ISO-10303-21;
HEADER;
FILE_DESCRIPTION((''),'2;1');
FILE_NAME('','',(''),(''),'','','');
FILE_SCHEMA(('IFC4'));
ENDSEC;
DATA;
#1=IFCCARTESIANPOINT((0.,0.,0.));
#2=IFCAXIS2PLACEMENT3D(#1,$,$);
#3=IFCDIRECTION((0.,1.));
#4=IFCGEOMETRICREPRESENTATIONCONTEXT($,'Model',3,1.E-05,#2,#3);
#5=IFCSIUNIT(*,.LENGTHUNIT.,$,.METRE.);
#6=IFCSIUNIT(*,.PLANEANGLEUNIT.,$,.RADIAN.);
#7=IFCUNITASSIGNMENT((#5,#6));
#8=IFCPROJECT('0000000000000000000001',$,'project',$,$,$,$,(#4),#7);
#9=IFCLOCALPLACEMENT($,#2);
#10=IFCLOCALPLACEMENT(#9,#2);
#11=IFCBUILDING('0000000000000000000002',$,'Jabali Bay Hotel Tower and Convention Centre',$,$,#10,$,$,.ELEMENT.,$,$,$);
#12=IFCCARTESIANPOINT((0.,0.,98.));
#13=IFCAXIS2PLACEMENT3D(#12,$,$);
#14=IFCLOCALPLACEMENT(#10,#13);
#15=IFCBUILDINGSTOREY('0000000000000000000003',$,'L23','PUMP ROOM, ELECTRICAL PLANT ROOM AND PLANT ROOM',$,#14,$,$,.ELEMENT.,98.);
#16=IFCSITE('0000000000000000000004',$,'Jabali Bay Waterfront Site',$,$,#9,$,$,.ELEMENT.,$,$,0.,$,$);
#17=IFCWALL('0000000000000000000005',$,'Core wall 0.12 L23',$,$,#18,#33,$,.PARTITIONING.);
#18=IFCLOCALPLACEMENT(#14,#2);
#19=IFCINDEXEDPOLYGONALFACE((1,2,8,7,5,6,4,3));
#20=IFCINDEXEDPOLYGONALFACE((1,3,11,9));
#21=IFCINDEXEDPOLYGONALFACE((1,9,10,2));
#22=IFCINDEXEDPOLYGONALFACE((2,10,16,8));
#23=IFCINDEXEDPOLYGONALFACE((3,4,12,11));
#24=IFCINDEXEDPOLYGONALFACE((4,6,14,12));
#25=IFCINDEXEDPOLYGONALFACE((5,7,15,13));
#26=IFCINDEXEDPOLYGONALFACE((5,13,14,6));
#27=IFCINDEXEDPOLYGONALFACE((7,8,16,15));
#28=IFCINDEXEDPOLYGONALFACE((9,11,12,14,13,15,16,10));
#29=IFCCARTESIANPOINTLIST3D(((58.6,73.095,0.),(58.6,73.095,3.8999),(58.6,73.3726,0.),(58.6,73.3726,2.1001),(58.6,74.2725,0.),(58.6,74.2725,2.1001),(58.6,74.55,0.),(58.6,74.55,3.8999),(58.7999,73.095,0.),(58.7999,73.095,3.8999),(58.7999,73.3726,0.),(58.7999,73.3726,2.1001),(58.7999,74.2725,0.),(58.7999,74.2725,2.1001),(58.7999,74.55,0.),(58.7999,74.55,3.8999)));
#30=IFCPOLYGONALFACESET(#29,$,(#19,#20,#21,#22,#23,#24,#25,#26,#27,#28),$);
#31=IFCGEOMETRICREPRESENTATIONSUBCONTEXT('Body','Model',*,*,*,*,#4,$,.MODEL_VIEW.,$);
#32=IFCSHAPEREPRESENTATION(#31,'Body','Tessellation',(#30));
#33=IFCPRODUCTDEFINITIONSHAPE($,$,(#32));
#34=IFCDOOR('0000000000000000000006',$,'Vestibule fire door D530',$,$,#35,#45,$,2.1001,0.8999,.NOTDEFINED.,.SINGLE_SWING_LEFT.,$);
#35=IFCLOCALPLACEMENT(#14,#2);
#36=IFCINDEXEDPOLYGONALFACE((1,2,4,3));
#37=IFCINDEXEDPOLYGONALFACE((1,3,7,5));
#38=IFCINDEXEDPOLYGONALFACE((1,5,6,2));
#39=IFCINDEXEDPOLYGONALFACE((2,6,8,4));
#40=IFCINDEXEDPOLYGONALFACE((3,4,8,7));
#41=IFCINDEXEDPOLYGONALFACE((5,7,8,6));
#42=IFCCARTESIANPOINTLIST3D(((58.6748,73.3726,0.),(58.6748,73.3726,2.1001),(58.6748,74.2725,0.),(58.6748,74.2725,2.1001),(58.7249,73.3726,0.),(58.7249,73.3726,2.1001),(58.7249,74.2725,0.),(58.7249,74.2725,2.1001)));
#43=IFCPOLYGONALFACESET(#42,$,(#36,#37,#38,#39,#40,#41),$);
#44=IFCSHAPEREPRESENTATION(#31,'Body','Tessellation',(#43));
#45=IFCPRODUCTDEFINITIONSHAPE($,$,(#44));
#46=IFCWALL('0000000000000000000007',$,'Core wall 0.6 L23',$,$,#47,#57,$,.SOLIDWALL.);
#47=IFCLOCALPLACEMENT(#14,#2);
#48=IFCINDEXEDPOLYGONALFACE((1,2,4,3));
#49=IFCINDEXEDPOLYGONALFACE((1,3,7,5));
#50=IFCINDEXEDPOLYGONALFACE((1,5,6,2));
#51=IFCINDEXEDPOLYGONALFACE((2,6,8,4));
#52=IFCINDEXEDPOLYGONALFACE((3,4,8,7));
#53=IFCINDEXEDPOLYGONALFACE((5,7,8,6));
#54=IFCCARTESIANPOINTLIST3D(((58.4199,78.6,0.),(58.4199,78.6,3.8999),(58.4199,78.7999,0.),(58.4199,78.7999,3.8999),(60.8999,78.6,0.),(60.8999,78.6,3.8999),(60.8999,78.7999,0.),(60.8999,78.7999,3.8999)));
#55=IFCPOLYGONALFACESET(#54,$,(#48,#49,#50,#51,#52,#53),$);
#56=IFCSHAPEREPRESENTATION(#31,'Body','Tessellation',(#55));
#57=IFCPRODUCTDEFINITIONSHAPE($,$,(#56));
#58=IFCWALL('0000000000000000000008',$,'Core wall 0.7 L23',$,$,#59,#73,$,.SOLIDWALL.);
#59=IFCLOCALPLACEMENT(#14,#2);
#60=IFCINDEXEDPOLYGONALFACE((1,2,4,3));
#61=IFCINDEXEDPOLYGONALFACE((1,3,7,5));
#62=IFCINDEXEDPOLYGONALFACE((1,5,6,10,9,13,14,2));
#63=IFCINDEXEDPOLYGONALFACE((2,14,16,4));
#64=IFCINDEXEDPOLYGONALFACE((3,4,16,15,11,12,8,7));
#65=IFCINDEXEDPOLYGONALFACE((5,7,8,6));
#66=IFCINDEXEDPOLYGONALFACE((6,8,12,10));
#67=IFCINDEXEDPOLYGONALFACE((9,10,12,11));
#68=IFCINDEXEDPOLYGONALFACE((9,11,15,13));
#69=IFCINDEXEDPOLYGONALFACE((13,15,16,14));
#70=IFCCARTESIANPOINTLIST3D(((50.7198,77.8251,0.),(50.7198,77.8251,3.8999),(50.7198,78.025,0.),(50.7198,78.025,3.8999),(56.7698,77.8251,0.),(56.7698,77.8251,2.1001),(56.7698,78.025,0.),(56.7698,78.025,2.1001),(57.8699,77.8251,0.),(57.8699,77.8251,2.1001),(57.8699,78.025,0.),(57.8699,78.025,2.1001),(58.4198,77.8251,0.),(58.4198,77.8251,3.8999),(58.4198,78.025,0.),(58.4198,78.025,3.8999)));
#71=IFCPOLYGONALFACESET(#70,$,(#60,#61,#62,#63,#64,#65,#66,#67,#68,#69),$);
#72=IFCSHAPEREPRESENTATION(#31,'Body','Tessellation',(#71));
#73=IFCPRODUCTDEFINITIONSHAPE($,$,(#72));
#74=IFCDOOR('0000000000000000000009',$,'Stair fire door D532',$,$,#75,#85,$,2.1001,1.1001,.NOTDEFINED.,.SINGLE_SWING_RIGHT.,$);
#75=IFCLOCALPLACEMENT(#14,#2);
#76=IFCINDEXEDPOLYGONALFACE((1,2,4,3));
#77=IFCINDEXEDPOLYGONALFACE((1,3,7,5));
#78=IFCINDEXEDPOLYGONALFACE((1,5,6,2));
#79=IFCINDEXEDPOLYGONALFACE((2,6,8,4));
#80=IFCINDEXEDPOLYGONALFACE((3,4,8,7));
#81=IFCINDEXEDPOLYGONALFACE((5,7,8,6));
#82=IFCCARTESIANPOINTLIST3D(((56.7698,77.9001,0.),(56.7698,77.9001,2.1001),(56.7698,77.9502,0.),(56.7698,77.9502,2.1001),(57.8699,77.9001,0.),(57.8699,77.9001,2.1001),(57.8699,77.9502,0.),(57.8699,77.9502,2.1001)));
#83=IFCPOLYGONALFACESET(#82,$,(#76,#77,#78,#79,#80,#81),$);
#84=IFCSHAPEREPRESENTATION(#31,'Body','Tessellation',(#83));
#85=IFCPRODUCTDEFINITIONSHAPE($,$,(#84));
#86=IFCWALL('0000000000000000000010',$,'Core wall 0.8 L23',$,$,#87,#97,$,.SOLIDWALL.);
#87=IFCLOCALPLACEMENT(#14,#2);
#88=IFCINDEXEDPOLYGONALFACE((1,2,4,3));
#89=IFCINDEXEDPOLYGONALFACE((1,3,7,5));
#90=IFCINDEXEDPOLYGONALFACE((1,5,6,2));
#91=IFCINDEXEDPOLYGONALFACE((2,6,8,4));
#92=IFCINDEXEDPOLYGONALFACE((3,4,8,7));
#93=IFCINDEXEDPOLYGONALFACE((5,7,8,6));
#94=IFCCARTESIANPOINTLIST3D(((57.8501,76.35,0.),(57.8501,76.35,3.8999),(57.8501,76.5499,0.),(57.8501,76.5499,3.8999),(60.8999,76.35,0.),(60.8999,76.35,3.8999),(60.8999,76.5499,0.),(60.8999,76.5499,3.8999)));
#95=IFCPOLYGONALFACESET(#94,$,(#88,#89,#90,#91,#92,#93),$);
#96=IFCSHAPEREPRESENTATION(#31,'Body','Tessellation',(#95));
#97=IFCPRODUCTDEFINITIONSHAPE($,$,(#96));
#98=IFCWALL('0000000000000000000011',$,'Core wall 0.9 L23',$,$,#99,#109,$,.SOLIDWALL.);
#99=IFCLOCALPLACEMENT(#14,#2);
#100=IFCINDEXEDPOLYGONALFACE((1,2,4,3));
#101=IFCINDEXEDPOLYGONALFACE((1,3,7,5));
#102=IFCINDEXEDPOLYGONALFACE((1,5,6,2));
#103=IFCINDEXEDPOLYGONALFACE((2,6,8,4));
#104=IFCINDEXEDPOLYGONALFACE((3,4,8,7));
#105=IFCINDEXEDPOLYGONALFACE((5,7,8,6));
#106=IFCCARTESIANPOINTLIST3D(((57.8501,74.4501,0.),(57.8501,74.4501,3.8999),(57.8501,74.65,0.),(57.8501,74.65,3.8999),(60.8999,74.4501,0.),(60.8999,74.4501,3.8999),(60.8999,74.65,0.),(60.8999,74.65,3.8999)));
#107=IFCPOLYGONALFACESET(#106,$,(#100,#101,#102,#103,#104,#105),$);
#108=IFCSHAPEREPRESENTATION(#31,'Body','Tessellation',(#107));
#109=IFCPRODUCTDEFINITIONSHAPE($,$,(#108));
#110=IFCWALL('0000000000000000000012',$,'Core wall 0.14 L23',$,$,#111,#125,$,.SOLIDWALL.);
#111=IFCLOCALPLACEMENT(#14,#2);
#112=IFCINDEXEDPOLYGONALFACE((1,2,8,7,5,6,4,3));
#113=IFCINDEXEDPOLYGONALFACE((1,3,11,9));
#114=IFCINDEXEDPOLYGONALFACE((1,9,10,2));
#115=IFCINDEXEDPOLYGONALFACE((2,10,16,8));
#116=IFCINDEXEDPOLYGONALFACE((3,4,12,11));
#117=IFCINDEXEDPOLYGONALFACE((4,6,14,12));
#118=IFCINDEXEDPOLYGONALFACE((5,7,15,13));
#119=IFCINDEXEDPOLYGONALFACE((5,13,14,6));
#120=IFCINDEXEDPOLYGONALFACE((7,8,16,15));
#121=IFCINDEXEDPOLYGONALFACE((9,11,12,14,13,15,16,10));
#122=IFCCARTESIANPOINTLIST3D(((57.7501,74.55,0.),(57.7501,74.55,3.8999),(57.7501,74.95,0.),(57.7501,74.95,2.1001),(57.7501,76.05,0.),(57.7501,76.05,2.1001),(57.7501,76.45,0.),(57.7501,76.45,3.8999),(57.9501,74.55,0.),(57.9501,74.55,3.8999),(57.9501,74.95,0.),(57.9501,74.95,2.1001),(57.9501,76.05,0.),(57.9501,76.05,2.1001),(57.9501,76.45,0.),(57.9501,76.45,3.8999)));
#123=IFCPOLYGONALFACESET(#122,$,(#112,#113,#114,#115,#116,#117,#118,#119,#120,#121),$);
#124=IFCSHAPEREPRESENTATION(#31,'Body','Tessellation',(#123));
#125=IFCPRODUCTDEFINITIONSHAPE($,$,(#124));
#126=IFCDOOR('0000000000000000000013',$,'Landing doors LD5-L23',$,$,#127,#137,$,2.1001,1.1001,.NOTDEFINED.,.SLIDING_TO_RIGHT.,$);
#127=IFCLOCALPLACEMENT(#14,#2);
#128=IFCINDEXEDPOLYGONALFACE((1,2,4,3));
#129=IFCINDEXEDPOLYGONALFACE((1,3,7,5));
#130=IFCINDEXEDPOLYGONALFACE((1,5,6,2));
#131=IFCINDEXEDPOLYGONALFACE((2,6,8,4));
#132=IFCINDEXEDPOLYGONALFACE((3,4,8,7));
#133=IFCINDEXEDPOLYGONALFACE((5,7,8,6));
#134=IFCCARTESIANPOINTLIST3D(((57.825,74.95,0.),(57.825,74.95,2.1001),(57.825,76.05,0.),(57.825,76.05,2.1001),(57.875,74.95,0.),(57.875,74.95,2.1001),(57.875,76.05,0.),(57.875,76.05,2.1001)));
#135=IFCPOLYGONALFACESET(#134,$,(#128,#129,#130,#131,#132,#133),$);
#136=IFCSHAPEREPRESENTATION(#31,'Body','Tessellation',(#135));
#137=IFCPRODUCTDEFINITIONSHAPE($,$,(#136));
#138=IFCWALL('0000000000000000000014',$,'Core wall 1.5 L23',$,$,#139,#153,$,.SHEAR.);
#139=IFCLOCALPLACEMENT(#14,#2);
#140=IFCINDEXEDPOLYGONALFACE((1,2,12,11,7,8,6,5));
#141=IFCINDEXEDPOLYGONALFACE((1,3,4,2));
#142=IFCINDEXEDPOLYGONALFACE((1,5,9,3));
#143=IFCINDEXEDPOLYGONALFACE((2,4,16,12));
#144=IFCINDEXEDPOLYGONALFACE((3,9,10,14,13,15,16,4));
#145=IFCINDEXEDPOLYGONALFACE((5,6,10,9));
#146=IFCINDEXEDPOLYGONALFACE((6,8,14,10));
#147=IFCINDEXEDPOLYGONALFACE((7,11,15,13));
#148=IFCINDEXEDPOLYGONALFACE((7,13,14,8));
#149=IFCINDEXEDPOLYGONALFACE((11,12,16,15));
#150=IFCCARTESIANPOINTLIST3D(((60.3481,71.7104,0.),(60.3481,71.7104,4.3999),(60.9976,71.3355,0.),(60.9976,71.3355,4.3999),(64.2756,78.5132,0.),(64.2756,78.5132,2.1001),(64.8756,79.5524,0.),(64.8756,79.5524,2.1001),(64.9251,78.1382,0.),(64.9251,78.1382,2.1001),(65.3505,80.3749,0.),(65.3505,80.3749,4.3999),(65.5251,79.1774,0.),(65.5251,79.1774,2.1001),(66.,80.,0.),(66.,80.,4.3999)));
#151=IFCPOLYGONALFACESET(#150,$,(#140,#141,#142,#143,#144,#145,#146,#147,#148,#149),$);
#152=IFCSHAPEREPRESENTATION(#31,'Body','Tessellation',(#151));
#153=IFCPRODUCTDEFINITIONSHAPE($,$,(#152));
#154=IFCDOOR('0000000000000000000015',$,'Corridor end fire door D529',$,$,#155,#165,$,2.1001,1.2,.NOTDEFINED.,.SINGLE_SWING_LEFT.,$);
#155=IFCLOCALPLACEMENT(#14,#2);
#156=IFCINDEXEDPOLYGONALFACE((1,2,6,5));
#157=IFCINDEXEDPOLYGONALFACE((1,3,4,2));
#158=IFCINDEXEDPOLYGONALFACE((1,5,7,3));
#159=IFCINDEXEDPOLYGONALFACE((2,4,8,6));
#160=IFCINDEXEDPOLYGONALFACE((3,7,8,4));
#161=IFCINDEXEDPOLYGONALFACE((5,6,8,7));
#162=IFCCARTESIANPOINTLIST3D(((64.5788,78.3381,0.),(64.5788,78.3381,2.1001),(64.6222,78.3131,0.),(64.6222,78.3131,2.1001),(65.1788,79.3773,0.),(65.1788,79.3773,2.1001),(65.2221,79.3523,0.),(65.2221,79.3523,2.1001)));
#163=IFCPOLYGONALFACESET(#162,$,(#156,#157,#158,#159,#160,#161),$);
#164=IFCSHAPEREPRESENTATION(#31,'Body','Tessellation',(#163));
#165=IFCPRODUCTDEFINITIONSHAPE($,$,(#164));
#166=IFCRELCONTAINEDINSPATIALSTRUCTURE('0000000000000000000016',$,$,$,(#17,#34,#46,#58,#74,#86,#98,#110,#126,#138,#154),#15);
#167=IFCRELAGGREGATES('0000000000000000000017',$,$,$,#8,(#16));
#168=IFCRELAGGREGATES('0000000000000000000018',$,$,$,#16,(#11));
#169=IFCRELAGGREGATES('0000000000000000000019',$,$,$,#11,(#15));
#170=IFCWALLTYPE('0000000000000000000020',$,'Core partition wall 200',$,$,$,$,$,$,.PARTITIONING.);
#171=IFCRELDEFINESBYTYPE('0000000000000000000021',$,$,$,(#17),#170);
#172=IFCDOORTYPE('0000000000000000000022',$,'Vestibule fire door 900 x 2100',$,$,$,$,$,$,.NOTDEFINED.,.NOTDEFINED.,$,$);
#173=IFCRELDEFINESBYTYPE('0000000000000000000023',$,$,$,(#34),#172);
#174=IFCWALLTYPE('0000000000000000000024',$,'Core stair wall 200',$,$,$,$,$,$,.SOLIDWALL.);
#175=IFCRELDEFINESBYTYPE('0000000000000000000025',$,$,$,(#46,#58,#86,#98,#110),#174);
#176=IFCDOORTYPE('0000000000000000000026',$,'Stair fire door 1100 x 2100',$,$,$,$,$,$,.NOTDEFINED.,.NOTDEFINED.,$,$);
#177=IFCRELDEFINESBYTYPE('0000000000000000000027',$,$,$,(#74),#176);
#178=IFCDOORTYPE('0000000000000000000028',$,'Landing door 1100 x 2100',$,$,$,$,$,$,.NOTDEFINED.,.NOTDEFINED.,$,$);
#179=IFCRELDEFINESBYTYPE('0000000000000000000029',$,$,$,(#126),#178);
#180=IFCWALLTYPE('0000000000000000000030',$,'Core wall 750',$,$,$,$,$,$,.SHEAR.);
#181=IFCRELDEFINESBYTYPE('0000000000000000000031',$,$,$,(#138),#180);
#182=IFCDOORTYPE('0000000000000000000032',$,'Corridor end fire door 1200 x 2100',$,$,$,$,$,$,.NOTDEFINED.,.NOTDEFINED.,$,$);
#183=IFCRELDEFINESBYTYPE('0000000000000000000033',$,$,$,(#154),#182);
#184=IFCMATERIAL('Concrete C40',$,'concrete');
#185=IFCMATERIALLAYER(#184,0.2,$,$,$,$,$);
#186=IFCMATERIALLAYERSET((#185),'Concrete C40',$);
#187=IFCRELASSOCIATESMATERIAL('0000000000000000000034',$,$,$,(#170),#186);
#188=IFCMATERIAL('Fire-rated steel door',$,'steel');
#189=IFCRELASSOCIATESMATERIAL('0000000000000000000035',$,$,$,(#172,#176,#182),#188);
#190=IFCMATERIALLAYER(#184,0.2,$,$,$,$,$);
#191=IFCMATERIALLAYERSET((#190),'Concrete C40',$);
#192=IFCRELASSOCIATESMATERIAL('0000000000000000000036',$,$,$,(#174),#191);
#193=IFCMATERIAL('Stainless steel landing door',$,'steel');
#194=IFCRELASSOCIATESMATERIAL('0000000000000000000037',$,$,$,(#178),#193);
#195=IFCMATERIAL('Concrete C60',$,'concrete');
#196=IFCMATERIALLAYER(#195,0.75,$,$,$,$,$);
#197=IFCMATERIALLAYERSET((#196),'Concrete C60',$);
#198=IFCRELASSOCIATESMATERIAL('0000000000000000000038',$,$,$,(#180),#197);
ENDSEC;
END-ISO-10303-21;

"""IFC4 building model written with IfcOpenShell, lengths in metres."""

from ifc_helpers import new_model, si_unit, direction, frame, frame_2d, origin, place, context, subcontext, project, spatial, rectangle, extrude, material, layer, layer_set, type_object, element, fill, save


model = new_model("IFC4")

# Units and contexts
model_context = context("Model", 3, precision=1e-05, world=origin(), true_north=direction((0.0, 1.0)))
body_context = subcontext(model_context, "Body", "Model", "MODEL_VIEW")
ifc_project = project(units=[si_unit("LENGTHUNIT", "METRE"), si_unit("PLANEANGLEUNIT", "RADIAN")], contexts=[model_context])

# Site, building, storey
site_placement = place(None, origin())
site = spatial("IfcSite", under=ifc_project, at=site_placement, Name="Jabali Bay Waterfront Site", CompositionType="ELEMENT", RefElevation=0.0)
building_placement = place(site_placement, origin())
building = spatial("IfcBuilding", under=site, at=building_placement, Name="Jabali Bay Hotel Tower and Convention Centre", CompositionType="ELEMENT")
storey_placement = place(building_placement, frame((0.0, 0.0, 98.0)))
storey = spatial("IfcBuildingStorey", under=building, at=storey_placement, Name="L23", Description="PUMP ROOM, ELECTRICAL PLANT ROOM AND PLANT ROOM", CompositionType="ELEMENT", Elevation=98.0)

# Wall, opening, door
ifc_material_1 = material(Name="Concrete C40", Category="concrete")
ifc_layer_1 = layer(ifc_material_1, 0.2)
ifc_layer_set_1 = layer_set([ifc_layer_1], Name="Concrete C40")
wall_type_1 = type_object("IfcWallType", Name="Core partition wall 200", PredefinedType="PARTITIONING", material=ifc_layer_set_1)
wall_1_placement = place(storey_placement, frame((58.7, 74.55, 0.0), z_axis=(0.0, 0.0, 1.0), x_axis=(0.0, -1.0, 0.0)))
wall_1 = element("IfcWall", 1, at=wall_1_placement, inside=storey, type_object=wall_type_1, Name="Core wall 0.12 L23", PredefinedType="PARTITIONING", context=body_context, shape_type="SweptSolid", body=[
    extrude(rectangle(XDim=1.4551, YDim=0.2, at=frame_2d((0.7275, 0.0))), origin(), (0.0, 0.0, 1.0), 3.8999),
])
opening_1_placement = place(wall_1_placement, frame((0.2776, 0.0, 0.0)))
opening_1 = element("IfcOpeningElement", 2, at=opening_1_placement, cuts=wall_1, PredefinedType="OPENING", context=body_context, shape_type="SweptSolid", body=[
    extrude(rectangle(XDim=0.8999, YDim=2.1001, at=frame_2d((0.45, 1.05))), frame((0.0, 0.1104, 0.0), z_axis=(0.0, -1.0, 0.0), x_axis=(1.0, 0.0, 0.0)), (0.0, 0.0, 1.0), 0.2209),
])
ifc_material_2 = material(Name="Fire-rated steel door", Category="steel")
door_type_1 = type_object("IfcDoorType", Name="Vestibule fire door 900 x 2100", OperationType="NOTDEFINED", PredefinedType="NOTDEFINED", material=ifc_material_2)
door_1_placement = place(opening_1_placement, origin())
door_1 = element("IfcDoor", 3, at=door_1_placement, inside=storey, type_object=door_type_1, Name="Vestibule fire door D530", OperationType="SINGLE_SWING_LEFT", OverallHeight=2.1001, OverallWidth=0.8999, PredefinedType="NOTDEFINED", context=body_context, shape_type="SweptSolid", body=[
    extrude(rectangle(XDim=0.8999, YDim=2.1001, at=frame_2d((0.45, 1.05))), frame((0.0, 0.0249, 0.0), z_axis=(0.0, -1.0, 0.0), x_axis=(1.0, 0.0, 0.0)), (0.0, 0.0, 1.0), 0.05),
])
fill(opening_1, door_1)

# Wall
ifc_layer_2 = layer(ifc_material_1, 0.2)
ifc_layer_set_2 = layer_set([ifc_layer_2], Name="Concrete C40")
wall_type_2 = type_object("IfcWallType", Name="Core stair wall 200", PredefinedType="SOLIDWALL", material=ifc_layer_set_2)
wall_2_placement = place(storey_placement, frame((60.8999, 78.7, 0.0), z_axis=(0.0, 0.0, 1.0), x_axis=(-1.0, 0.0, 0.0)))
element("IfcWall", 4, at=wall_2_placement, inside=storey, type_object=wall_type_2, Name="Core wall 0.6 L23", PredefinedType="SOLIDWALL", context=body_context, shape_type="SweptSolid", body=[
    extrude(rectangle(XDim=2.48, YDim=0.2, at=frame_2d((1.24, 0.0))), origin(), (0.0, 0.0, 1.0), 3.8999),
])

# Wall, opening, door
wall_3_placement = place(storey_placement, frame((58.4199, 77.925, 0.0), z_axis=(0.0, 0.0, 1.0), x_axis=(-1.0, 0.0, 0.0)))
wall_3 = element("IfcWall", 5, at=wall_3_placement, inside=storey, type_object=wall_type_2, Name="Core wall 0.7 L23", PredefinedType="SOLIDWALL", context=body_context, shape_type="SweptSolid", body=[
    extrude(rectangle(XDim=7.7, YDim=0.2, at=frame_2d((3.8501, 0.0))), origin(), (0.0, 0.0, 1.0), 3.8999),
])
opening_2_placement = place(wall_3_placement, frame((0.55, 0.0, 0.0)))
opening_2 = element("IfcOpeningElement", 6, at=opening_2_placement, cuts=wall_3, PredefinedType="OPENING", context=body_context, shape_type="SweptSolid", body=[
    extrude(rectangle(XDim=1.1001, YDim=2.1001, at=frame_2d((0.55, 1.05))), frame((0.0, 0.1104, 0.0), z_axis=(0.0, -1.0, 0.0), x_axis=(1.0, 0.0, 0.0)), (0.0, 0.0, 1.0), 0.2209),
])
door_type_2 = type_object("IfcDoorType", Name="Stair fire door 1100 x 2100", OperationType="NOTDEFINED", PredefinedType="NOTDEFINED", material=ifc_material_2)
door_2_placement = place(opening_2_placement, origin())
door_2 = element("IfcDoor", 7, at=door_2_placement, inside=storey, type_object=door_type_2, Name="Stair fire door D532", OperationType="SINGLE_SWING_RIGHT", OverallHeight=2.1001, OverallWidth=1.1001, PredefinedType="NOTDEFINED", context=body_context, shape_type="SweptSolid", body=[
    extrude(rectangle(XDim=1.1001, YDim=2.1001, at=frame_2d((0.55, 1.05))), frame((0.0, 0.0249, 0.0), z_axis=(0.0, -1.0, 0.0), x_axis=(1.0, 0.0, 0.0)), (0.0, 0.0, 1.0), 0.05),
])
fill(opening_2, door_2)

# Walls
for number, where, z_axis, x_axis, name in (
    (8, (60.8999, 76.45, 0.0), (0.0, 0.0, 1.0), (-1.0, 0.0, 0.0), "Core wall 0.8 L23"),
    (9, (60.8999, 74.55, 0.0), (0.0, 0.0, 1.0), (-1.0, 0.0, 0.0), "Core wall 0.9 L23"),
):
    element("IfcWall", number, at=place(storey_placement, frame(where, z_axis=z_axis, x_axis=x_axis)), inside=storey, type_object=wall_type_2, Name=name, PredefinedType="SOLIDWALL", context=body_context, shape_type="SweptSolid", body=[
        extrude(rectangle(XDim=3.0498, YDim=0.2, at=frame_2d((1.5249, 0.0))), origin(), (0.0, 0.0, 1.0), 3.8999),
    ])

# Walls, openings, doors
wall_4_placement = place(storey_placement, frame((57.8501, 76.45, 0.0), z_axis=(0.0, 0.0, 1.0), x_axis=(0.0, -1.0, 0.0)))
wall_4 = element("IfcWall", 10, at=wall_4_placement, inside=storey, type_object=wall_type_2, Name="Core wall 0.14 L23", PredefinedType="SOLIDWALL", context=body_context, shape_type="SweptSolid", body=[
    extrude(rectangle(XDim=1.8999, YDim=0.2, at=frame_2d((0.95, 0.0))), origin(), (0.0, 0.0, 1.0), 3.8999),
])
opening_3_placement = place(wall_4_placement, frame((0.3999, 0.0, 0.0)))
opening_3 = element("IfcOpeningElement", 11, at=opening_3_placement, cuts=wall_4, PredefinedType="OPENING", context=body_context, shape_type="SweptSolid", body=[
    extrude(rectangle(XDim=1.1001, YDim=2.1001, at=frame_2d((0.55, 1.05))), frame((0.0, 0.1104, 0.0), z_axis=(0.0, -1.0, 0.0), x_axis=(1.0, 0.0, 0.0)), (0.0, 0.0, 1.0), 0.2209),
])
ifc_material_3 = material(Name="Stainless steel landing door", Category="steel")
door_type_3 = type_object("IfcDoorType", Name="Landing door 1100 x 2100", OperationType="NOTDEFINED", PredefinedType="NOTDEFINED", material=ifc_material_3)
door_3_placement = place(opening_3_placement, origin())
door_3 = element("IfcDoor", 12, at=door_3_placement, inside=storey, type_object=door_type_3, Name="Landing doors LD5-L23", OperationType="SLIDING_TO_RIGHT", OverallHeight=2.1001, OverallWidth=1.1001, PredefinedType="NOTDEFINED", context=body_context, shape_type="SweptSolid", body=[
    extrude(rectangle(XDim=1.1001, YDim=2.1001, at=frame_2d((0.55, 1.05))), frame((0.0, 0.0249, 0.0), z_axis=(0.0, -1.0, 0.0), x_axis=(1.0, 0.0, 0.0)), (0.0, 0.0, 1.0), 0.05),
])
fill(opening_3, door_3)
ifc_material_4 = material(Name="Concrete C60", Category="concrete")
ifc_layer_3 = layer(ifc_material_4, 0.75)
ifc_layer_set_3 = layer_set([ifc_layer_3], Name="Concrete C60")
wall_type_3 = type_object("IfcWallType", Name="Core wall 750", PredefinedType="SHEAR", material=ifc_layer_set_3)
wall_5_placement = place(storey_placement, frame((60.6729, 71.5229, 0.0), z_axis=(0.0, 0.0, 1.0), x_axis=(0.499997, 0.866027, 0.0)))
wall_5 = element("IfcWall", 13, at=wall_5_placement, inside=storey, type_object=wall_type_3, Name="Core wall 1.5 L23", PredefinedType="SHEAR", context=body_context, shape_type="SweptSolid", body=[
    extrude(rectangle(XDim=10.0049, YDim=0.75, at=frame_2d((5.0024, 0.0))), origin(), (0.0, 0.0, 1.0), 4.3999),
])
opening_4_placement = place(wall_5_placement, frame((7.855, 0.0, 0.0)))
opening_4 = element("IfcOpeningElement", 14, at=opening_4_placement, cuts=wall_5, PredefinedType="OPENING", context=body_context, shape_type="SweptSolid", body=[
    extrude(rectangle(XDim=1.2, YDim=2.1001, at=frame_2d((0.6001, 1.05))), frame((0.0, 0.3855, 0.0), z_axis=(0.0, -1.0, 0.0), x_axis=(1.0, 0.0, 0.0)), (0.0, 0.0, 1.0), 0.771),
])
door_type_4 = type_object("IfcDoorType", Name="Corridor end fire door 1200 x 2100", OperationType="NOTDEFINED", PredefinedType="NOTDEFINED", material=ifc_material_2)
door_4_placement = place(opening_4_placement, origin())
door_4 = element("IfcDoor", 15, at=door_4_placement, inside=storey, type_object=door_type_4, Name="Corridor end fire door D529", OperationType="SINGLE_SWING_LEFT", OverallHeight=2.1001, OverallWidth=1.2, PredefinedType="NOTDEFINED", context=body_context, shape_type="SweptSolid", body=[
    extrude(rectangle(XDim=1.2, YDim=2.1001, at=frame_2d((0.6001, 1.05))), frame((0.0, 0.0249, 0.0), z_axis=(0.0, -1.0, 0.0), x_axis=(1.0, 0.0, 0.0)), (0.0, 0.0, 1.0), 0.05),
])
fill(opening_4, door_4)

save(model, "model.ifc")
